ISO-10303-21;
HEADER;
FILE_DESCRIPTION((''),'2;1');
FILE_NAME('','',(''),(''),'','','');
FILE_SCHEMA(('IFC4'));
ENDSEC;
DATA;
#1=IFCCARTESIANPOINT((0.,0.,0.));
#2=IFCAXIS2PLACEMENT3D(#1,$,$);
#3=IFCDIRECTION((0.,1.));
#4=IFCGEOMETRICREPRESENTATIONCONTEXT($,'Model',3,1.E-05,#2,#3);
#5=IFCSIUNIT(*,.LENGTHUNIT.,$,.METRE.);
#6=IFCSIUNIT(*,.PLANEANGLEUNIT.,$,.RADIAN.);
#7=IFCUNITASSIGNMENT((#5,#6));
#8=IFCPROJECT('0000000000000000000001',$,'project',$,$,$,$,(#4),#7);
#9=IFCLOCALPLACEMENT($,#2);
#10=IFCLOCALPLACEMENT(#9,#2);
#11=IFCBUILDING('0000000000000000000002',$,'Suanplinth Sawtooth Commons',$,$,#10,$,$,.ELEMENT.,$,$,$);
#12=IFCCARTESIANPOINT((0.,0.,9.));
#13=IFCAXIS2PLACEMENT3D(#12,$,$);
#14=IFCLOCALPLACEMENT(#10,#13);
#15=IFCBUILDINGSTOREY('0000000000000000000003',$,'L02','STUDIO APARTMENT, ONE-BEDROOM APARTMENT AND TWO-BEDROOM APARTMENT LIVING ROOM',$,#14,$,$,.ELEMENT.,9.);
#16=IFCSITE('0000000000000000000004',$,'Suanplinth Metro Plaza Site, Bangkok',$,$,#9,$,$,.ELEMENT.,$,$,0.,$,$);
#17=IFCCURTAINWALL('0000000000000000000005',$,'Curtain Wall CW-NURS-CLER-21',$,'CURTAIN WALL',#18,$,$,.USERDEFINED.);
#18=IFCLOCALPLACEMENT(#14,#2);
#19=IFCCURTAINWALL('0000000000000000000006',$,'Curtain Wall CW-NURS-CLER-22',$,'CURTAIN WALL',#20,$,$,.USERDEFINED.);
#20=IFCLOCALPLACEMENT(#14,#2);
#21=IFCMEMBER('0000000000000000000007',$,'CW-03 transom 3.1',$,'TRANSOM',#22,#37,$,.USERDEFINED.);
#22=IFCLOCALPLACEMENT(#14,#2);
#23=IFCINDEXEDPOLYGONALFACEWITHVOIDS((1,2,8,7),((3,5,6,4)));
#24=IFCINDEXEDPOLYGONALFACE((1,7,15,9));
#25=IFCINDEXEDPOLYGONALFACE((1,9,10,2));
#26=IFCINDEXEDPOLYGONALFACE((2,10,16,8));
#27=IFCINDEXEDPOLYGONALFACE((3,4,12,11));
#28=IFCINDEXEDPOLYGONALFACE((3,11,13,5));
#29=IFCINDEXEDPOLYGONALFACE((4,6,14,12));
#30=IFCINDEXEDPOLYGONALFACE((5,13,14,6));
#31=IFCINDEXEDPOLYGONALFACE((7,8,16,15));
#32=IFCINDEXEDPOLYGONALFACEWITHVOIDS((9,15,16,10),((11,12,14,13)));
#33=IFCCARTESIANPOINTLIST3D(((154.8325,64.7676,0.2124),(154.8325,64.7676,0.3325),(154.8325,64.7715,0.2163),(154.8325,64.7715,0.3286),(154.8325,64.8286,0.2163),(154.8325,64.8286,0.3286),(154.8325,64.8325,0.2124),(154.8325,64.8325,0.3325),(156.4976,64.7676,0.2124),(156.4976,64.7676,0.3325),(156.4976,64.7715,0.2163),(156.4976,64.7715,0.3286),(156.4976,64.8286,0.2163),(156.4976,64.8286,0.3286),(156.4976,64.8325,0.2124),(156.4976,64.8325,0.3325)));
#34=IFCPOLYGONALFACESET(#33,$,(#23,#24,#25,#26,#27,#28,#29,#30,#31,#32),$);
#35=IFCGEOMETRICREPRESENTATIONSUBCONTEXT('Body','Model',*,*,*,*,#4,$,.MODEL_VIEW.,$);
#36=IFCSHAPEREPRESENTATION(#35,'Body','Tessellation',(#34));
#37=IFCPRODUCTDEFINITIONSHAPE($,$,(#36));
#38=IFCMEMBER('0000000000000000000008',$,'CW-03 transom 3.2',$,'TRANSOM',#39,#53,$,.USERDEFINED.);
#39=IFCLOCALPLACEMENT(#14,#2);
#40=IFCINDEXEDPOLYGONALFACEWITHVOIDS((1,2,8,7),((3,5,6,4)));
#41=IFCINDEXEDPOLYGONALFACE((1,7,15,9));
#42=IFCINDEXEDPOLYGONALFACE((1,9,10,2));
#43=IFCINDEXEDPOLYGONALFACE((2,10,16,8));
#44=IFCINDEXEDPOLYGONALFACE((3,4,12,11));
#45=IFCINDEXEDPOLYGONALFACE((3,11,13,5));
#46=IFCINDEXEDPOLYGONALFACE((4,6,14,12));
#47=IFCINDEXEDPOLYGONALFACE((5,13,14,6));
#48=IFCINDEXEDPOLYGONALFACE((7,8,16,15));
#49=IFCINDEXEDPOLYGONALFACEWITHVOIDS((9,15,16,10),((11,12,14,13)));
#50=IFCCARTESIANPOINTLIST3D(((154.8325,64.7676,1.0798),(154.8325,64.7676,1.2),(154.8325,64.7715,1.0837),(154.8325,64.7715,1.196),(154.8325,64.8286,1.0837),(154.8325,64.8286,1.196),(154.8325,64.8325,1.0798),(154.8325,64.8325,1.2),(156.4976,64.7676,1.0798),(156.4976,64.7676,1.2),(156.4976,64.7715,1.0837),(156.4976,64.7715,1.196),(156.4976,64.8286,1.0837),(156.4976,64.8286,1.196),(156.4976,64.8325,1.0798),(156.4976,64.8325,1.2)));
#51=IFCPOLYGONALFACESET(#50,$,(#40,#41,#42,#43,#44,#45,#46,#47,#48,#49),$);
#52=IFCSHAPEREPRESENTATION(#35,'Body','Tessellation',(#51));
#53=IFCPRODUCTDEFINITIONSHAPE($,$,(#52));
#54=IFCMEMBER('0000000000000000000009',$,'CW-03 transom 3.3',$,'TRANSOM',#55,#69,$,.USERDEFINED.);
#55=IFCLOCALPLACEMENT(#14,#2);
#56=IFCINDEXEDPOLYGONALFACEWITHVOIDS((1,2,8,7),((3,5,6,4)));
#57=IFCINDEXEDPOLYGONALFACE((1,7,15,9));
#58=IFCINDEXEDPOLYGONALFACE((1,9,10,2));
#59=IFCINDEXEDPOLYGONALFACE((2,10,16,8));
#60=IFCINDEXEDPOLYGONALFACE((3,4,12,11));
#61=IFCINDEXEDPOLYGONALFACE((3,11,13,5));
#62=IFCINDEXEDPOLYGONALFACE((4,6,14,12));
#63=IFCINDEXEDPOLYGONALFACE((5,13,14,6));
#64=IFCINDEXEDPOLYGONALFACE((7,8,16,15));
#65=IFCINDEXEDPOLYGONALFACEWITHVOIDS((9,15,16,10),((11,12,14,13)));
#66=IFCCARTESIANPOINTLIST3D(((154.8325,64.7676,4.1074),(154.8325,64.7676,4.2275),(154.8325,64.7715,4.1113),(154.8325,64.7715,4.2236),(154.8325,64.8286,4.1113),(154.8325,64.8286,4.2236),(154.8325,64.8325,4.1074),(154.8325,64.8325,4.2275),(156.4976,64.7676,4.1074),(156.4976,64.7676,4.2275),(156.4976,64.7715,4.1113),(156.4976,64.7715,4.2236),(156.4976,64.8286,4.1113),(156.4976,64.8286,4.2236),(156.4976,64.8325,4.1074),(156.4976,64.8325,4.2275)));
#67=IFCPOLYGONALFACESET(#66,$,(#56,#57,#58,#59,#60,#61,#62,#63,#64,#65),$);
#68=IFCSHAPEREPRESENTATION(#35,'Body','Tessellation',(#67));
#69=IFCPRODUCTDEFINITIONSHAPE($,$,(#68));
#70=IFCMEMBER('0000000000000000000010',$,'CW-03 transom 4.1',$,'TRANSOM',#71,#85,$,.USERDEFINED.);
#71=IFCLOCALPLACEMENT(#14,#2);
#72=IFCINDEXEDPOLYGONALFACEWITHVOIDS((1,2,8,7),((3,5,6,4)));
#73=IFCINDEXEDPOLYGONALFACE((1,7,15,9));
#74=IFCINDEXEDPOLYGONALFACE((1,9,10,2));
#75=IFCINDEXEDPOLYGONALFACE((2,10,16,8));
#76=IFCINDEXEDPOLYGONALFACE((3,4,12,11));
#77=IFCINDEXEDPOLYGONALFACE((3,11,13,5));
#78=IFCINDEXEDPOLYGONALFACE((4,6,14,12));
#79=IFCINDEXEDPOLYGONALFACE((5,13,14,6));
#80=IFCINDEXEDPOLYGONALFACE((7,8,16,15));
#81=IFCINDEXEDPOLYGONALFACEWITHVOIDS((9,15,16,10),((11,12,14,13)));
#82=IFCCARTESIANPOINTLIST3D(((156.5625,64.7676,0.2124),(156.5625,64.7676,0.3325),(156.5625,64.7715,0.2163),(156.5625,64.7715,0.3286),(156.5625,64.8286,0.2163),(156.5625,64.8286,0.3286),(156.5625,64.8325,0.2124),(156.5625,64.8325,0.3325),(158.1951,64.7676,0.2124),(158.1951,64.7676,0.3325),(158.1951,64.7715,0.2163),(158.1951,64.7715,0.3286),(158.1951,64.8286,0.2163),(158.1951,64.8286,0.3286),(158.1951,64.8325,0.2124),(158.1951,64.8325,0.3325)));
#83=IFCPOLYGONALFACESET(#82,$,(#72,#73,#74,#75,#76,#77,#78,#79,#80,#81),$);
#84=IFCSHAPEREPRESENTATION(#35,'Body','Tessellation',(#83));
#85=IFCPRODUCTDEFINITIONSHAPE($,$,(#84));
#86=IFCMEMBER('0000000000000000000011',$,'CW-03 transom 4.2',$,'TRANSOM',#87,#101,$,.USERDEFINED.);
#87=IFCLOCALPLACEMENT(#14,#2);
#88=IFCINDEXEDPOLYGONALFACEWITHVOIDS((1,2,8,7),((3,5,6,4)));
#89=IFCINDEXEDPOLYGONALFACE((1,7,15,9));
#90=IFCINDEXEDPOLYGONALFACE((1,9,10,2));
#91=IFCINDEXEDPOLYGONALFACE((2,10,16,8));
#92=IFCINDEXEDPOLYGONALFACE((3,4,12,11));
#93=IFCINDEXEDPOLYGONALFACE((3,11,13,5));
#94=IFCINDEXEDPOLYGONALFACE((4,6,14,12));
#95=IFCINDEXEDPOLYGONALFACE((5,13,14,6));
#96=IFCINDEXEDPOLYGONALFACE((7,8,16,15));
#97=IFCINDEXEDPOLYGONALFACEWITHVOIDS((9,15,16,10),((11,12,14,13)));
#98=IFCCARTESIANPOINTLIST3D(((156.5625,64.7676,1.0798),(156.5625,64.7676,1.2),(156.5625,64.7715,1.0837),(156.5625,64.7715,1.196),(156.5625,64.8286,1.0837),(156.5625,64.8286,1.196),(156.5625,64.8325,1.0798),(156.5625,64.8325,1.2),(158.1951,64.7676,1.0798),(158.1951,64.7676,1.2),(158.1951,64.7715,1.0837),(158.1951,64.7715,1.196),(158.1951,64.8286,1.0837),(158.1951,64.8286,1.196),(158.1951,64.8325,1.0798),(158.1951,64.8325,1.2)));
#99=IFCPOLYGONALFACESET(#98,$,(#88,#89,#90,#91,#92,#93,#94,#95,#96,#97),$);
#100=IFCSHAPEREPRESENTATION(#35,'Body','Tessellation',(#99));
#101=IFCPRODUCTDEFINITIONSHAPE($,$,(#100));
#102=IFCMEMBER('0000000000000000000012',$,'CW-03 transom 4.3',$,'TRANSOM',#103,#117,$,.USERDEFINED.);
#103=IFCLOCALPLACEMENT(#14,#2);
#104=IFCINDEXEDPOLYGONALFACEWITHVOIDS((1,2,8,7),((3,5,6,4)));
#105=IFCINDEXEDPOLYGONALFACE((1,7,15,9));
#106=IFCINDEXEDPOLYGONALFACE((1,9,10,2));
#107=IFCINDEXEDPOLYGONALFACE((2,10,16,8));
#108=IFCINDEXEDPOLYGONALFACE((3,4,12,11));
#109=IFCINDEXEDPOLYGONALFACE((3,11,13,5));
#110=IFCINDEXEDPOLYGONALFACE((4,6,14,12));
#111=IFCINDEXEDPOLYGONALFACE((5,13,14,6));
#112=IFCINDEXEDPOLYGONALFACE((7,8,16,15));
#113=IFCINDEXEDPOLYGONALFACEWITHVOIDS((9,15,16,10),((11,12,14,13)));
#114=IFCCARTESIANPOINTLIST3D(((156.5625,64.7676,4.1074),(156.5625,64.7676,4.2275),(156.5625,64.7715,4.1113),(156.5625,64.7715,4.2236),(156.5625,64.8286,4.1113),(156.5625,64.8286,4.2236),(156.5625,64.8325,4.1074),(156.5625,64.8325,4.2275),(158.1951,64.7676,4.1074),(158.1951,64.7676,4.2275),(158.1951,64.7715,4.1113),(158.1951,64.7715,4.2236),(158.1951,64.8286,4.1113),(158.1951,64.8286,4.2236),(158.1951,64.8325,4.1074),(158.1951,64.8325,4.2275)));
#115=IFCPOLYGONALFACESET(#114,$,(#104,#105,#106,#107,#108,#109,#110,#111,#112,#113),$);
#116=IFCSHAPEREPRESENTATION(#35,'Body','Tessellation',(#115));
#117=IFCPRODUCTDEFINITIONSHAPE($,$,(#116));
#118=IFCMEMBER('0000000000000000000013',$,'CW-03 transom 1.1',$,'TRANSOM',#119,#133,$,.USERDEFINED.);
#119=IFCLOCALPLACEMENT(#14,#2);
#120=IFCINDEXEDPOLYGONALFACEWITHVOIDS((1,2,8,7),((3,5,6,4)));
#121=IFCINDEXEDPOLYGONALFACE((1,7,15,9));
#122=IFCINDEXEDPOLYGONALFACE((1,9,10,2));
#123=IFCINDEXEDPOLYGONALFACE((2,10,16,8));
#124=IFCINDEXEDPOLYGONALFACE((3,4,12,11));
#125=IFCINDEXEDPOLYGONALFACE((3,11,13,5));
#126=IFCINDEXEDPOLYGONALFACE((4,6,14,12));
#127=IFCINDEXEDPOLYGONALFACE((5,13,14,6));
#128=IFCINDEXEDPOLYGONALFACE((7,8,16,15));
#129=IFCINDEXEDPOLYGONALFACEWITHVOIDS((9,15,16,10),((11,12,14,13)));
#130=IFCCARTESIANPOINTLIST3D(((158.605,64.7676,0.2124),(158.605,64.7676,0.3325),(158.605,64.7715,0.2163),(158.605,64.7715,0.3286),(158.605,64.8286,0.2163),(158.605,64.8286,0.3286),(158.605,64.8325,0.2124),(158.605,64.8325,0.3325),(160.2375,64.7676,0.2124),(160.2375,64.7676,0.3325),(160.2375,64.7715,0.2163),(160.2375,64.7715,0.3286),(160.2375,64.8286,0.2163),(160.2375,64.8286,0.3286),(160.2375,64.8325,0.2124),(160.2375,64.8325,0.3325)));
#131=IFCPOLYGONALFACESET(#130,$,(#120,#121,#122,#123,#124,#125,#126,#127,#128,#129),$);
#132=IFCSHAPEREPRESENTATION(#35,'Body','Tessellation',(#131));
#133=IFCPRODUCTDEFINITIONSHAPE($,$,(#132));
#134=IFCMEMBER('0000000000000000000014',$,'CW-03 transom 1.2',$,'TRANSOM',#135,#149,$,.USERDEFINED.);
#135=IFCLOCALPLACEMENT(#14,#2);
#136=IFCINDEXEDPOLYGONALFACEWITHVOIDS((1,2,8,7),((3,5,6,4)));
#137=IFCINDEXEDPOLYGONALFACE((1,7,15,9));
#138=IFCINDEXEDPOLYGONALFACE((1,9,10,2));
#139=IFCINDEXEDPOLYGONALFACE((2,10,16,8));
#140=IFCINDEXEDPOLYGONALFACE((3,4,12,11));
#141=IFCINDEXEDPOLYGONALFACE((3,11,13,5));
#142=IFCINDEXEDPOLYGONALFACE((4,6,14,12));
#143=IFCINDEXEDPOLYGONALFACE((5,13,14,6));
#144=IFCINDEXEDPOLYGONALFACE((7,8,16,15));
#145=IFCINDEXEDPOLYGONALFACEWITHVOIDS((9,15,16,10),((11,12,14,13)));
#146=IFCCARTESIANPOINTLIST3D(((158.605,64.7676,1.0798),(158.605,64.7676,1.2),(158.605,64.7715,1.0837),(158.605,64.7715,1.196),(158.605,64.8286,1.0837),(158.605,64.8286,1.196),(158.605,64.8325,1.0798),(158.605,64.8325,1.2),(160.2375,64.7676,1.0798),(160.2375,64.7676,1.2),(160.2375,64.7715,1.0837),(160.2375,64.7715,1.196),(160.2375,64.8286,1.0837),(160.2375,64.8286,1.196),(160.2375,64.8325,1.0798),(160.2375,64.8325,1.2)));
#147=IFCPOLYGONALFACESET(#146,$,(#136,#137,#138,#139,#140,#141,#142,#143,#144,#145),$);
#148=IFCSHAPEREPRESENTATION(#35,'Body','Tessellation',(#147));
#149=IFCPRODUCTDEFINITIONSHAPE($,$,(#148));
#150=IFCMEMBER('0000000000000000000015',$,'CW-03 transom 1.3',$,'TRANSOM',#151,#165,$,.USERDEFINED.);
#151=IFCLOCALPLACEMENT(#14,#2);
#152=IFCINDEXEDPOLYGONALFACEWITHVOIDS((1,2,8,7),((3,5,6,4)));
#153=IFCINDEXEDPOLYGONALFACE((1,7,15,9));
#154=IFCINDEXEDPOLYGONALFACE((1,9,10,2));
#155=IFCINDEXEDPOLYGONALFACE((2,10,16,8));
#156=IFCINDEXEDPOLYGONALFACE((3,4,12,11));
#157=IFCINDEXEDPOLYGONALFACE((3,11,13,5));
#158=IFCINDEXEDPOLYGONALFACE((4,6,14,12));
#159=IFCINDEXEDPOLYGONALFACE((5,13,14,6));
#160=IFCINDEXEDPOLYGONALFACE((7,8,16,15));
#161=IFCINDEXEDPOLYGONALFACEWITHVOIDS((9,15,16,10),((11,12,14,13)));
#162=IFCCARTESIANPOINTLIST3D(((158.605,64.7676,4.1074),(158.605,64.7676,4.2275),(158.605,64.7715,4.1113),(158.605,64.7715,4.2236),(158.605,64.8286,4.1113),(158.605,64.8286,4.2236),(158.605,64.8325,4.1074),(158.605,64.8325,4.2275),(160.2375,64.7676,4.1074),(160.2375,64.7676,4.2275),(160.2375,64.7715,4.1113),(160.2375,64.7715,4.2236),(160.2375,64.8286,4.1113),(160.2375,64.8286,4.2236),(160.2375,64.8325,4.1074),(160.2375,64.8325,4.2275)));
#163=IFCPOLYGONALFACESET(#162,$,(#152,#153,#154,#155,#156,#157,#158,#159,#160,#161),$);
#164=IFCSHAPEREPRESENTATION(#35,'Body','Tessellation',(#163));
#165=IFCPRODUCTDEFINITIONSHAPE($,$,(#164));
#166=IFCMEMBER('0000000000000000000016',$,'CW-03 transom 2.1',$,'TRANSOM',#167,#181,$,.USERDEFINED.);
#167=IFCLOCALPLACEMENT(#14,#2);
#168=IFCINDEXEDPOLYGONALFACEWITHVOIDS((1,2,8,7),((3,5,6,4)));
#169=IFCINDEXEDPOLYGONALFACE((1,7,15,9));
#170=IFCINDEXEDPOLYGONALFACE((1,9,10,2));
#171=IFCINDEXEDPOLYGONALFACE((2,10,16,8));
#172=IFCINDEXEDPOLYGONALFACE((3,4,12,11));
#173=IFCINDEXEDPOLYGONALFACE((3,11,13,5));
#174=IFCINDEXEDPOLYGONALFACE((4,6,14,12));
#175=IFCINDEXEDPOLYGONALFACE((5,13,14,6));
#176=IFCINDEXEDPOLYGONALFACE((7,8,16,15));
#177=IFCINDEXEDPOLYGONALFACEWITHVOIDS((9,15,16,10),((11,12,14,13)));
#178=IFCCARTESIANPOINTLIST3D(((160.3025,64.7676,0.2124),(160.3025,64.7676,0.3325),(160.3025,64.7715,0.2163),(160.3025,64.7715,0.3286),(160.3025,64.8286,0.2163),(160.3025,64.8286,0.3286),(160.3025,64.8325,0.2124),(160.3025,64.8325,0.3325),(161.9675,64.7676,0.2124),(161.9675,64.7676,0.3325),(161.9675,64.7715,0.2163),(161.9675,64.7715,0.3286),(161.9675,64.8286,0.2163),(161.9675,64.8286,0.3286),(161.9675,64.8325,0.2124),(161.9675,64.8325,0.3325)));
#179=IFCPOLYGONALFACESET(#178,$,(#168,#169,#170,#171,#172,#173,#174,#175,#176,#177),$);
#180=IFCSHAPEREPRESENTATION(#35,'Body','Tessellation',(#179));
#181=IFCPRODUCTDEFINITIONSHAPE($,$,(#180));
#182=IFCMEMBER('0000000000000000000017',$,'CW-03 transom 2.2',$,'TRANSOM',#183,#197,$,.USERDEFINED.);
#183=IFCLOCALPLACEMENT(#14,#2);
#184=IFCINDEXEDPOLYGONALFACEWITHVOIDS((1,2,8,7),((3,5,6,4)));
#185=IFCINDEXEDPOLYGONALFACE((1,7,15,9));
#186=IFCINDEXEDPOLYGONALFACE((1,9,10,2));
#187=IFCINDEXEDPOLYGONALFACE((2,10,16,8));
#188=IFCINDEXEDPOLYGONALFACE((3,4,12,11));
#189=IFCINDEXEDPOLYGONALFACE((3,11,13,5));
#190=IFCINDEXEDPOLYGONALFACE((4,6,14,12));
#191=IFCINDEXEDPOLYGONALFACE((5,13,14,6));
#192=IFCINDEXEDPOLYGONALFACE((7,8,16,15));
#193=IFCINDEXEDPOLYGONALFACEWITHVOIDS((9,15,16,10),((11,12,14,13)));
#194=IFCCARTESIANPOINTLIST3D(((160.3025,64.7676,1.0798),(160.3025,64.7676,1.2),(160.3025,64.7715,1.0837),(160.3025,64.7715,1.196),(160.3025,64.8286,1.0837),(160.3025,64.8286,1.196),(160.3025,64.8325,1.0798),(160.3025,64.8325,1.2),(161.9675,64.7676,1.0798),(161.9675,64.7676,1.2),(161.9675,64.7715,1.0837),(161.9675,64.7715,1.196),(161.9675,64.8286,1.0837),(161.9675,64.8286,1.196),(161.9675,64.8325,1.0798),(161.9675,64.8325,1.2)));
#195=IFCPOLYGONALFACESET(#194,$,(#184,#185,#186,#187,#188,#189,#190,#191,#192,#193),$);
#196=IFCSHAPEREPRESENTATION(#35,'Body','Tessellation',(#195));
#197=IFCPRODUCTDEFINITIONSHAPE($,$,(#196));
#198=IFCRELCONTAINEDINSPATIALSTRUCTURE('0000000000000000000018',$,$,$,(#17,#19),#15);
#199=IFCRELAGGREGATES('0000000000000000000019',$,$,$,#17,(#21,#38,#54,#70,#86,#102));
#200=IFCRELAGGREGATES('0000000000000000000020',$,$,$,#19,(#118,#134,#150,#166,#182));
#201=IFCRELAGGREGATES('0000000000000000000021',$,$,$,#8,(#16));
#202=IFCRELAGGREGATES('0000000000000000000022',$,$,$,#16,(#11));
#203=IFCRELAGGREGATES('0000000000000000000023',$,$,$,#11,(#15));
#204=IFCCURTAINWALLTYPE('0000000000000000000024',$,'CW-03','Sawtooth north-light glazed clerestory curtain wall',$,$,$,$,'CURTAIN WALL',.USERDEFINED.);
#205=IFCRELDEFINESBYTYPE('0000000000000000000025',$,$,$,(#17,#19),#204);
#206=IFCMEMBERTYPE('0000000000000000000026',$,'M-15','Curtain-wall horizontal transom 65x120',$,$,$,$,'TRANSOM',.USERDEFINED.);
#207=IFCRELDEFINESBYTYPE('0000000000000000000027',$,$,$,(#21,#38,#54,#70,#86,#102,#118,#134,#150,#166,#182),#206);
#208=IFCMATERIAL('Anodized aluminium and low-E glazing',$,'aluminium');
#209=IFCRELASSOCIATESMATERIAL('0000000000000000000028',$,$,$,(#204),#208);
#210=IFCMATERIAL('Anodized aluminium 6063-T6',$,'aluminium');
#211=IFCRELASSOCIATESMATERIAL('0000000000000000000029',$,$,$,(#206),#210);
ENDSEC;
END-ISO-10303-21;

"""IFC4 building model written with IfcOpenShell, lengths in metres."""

from ifc_helpers import new_model, si_unit, direction, frame, origin, origin_2d, place, context, subcontext, project, spatial, hollow_rectangle, extrude, material, material_profile, profile_set, type_object, element, aggregate, save


model = new_model("IFC4")

# Units and contexts
model_context = context("Model", 3, precision=1e-05, world=origin(), true_north=direction((0.0, 1.0)))
body_context = subcontext(model_context, "Body", "Model", "MODEL_VIEW")
ifc_project = project(units=[si_unit("LENGTHUNIT", "METRE"), si_unit("PLANEANGLEUNIT", "RADIAN")], contexts=[model_context])

# Site, building, storey
site_placement = place(None, origin())
site = spatial("IfcSite", under=ifc_project, at=site_placement, Name="Suanplinth Metro Plaza Site, Bangkok", CompositionType="ELEMENT", RefElevation=0.0)
building_placement = place(site_placement, origin())
building = spatial("IfcBuilding", under=site, at=building_placement, Name="Suanplinth Sawtooth Commons", CompositionType="ELEMENT")
storey_placement = place(building_placement, frame((0.0, 0.0, 9.0)))
storey = spatial("IfcBuildingStorey", under=building, at=storey_placement, Name="L02", Description="STUDIO APARTMENT, ONE-BEDROOM APARTMENT AND TWO-BEDROOM APARTMENT LIVING ROOM", CompositionType="ELEMENT", Elevation=9.0)

# Curtain walls
ifc_material_1 = material(Name="Anodized aluminium and low-E glazing", Category="aluminium")
curtain_wall_type = type_object("IfcCurtainWallType", Name="CW-03", Description="Sawtooth north-light glazed clerestory curtain wall", ElementType="CURTAIN WALL", PredefinedType="USERDEFINED", material=ifc_material_1)
curtain_wall_1_placement = place(storey_placement, origin())
curtain_wall_1 = element("IfcCurtainWall", 1, at=curtain_wall_1_placement, inside=storey, type_object=curtain_wall_type, Name="Curtain Wall CW-NURS-CLER-21", ObjectType="CURTAIN WALL", PredefinedType="USERDEFINED")
ifc_material_2 = material(Name="Anodized aluminium 6063-T6", Category="aluminium")
curtain_wall_2_placement = place(storey_placement, origin())
curtain_wall_2 = element("IfcCurtainWall", 2, at=curtain_wall_2_placement, inside=storey, type_object=curtain_wall_type, Name="Curtain Wall CW-NURS-CLER-22", ObjectType="CURTAIN WALL", PredefinedType="USERDEFINED")

# Members
ifc_material_profile_1 = material_profile(ifc_material_2, hollow_rectangle(XDim=0.0649, YDim=0.1201, WallThickness=0.0039, at=origin_2d()), Name="ALU-TRN 65x120")
ifc_profile_set_1 = profile_set([ifc_material_profile_1], Name="Anodized aluminium 6063-T6")
member_type_1 = type_object("IfcMemberType", Name="M-15", Description="Curtain-wall horizontal transom 65x120", ElementType="TRANSOM", PredefinedType="USERDEFINED", material=ifc_profile_set_1)
member_1_placement = place(storey_placement, frame((154.8325, 64.8, 0.2725), z_axis=(1.0, 0.0, 0.0), x_axis=(0.0, 1.0, 0.0)))
member_1 = element("IfcMember", 3, at=member_1_placement, type_object=member_type_1, Name="CW-03 transom 3.1", ObjectType="TRANSOM", PredefinedType="USERDEFINED", context=body_context, shape_type="SweptSolid", body=[
    extrude(hollow_rectangle(XDim=0.0649, YDim=0.1201, WallThickness=0.0039, at=origin_2d()), origin(), (0.0, 0.0, 1.0), 1.665),
])
member_2_placement = place(storey_placement, frame((154.8325, 64.8, 1.1399), z_axis=(1.0, 0.0, 0.0), x_axis=(0.0, 1.0, 0.0)))
member_2 = element("IfcMember", 4, at=member_2_placement, type_object=member_type_1, Name="CW-03 transom 3.2", ObjectType="TRANSOM", PredefinedType="USERDEFINED", context=body_context, shape_type="SweptSolid", body=[
    extrude(hollow_rectangle(XDim=0.0649, YDim=0.1201, WallThickness=0.0039, at=origin_2d()), origin(), (0.0, 0.0, 1.0), 1.665),
])
member_3_placement = place(storey_placement, frame((154.8325, 64.8, 4.1675), z_axis=(1.0, 0.0, 0.0), x_axis=(0.0, 1.0, 0.0)))
member_3 = element("IfcMember", 5, at=member_3_placement, type_object=member_type_1, Name="CW-03 transom 3.3", ObjectType="TRANSOM", PredefinedType="USERDEFINED", context=body_context, shape_type="SweptSolid", body=[
    extrude(hollow_rectangle(XDim=0.0649, YDim=0.1201, WallThickness=0.0039, at=origin_2d()), origin(), (0.0, 0.0, 1.0), 1.665),
])
member_4_placement = place(storey_placement, frame((156.5625, 64.8, 0.2725), z_axis=(1.0, 0.0, 0.0), x_axis=(0.0, 1.0, 0.0)))
member_4 = element("IfcMember", 6, at=member_4_placement, type_object=member_type_1, Name="CW-03 transom 4.1", ObjectType="TRANSOM", PredefinedType="USERDEFINED", context=body_context, shape_type="SweptSolid", body=[
    extrude(hollow_rectangle(XDim=0.0649, YDim=0.1201, WallThickness=0.0039, at=origin_2d()), origin(), (0.0, 0.0, 1.0), 1.6326),
])
member_5_placement = place(storey_placement, frame((156.5625, 64.8, 1.1399), z_axis=(1.0, 0.0, 0.0), x_axis=(0.0, 1.0, 0.0)))
member_5 = element("IfcMember", 7, at=member_5_placement, type_object=member_type_1, Name="CW-03 transom 4.2", ObjectType="TRANSOM", PredefinedType="USERDEFINED", context=body_context, shape_type="SweptSolid", body=[
    extrude(hollow_rectangle(XDim=0.0649, YDim=0.1201, WallThickness=0.0039, at=origin_2d()), origin(), (0.0, 0.0, 1.0), 1.6326),
])
member_6_placement = place(storey_placement, frame((156.5625, 64.8, 4.1675), z_axis=(1.0, 0.0, 0.0), x_axis=(0.0, 1.0, 0.0)))
member_6 = element("IfcMember", 8, at=member_6_placement, type_object=member_type_1, Name="CW-03 transom 4.3", ObjectType="TRANSOM", PredefinedType="USERDEFINED", context=body_context, shape_type="SweptSolid", body=[
    extrude(hollow_rectangle(XDim=0.0649, YDim=0.1201, WallThickness=0.0039, at=origin_2d()), origin(), (0.0, 0.0, 1.0), 1.6326),
])
member_7_placement = place(storey_placement, frame((158.605, 64.8, 0.2725), z_axis=(1.0, 0.0, 0.0), x_axis=(0.0, 1.0, 0.0)))
member_7 = element("IfcMember", 9, at=member_7_placement, type_object=member_type_1, Name="CW-03 transom 1.1", ObjectType="TRANSOM", PredefinedType="USERDEFINED", context=body_context, shape_type="SweptSolid", body=[
    extrude(hollow_rectangle(XDim=0.0649, YDim=0.1201, WallThickness=0.0039, at=origin_2d()), origin(), (0.0, 0.0, 1.0), 1.6326),
])
member_8_placement = place(storey_placement, frame((158.605, 64.8, 1.1399), z_axis=(1.0, 0.0, 0.0), x_axis=(0.0, 1.0, 0.0)))
member_8 = element("IfcMember", 10, at=member_8_placement, type_object=member_type_1, Name="CW-03 transom 1.2", ObjectType="TRANSOM", PredefinedType="USERDEFINED", context=body_context, shape_type="SweptSolid", body=[
    extrude(hollow_rectangle(XDim=0.0649, YDim=0.1201, WallThickness=0.0039, at=origin_2d()), origin(), (0.0, 0.0, 1.0), 1.6326),
])
member_9_placement = place(storey_placement, frame((158.605, 64.8, 4.1675), z_axis=(1.0, 0.0, 0.0), x_axis=(0.0, 1.0, 0.0)))
member_9 = element("IfcMember", 11, at=member_9_placement, type_object=member_type_1, Name="CW-03 transom 1.3", ObjectType="TRANSOM", PredefinedType="USERDEFINED", context=body_context, shape_type="SweptSolid", body=[
    extrude(hollow_rectangle(XDim=0.0649, YDim=0.1201, WallThickness=0.0039, at=origin_2d()), origin(), (0.0, 0.0, 1.0), 1.6326),
])
member_10_placement = place(storey_placement, frame((160.3025, 64.8, 0.2725), z_axis=(1.0, 0.0, 0.0), x_axis=(0.0, 1.0, 0.0)))
member_10 = element("IfcMember", 12, at=member_10_placement, type_object=member_type_1, Name="CW-03 transom 2.1", ObjectType="TRANSOM", PredefinedType="USERDEFINED", context=body_context, shape_type="SweptSolid", body=[
    extrude(hollow_rectangle(XDim=0.0649, YDim=0.1201, WallThickness=0.0039, at=origin_2d()), origin(), (0.0, 0.0, 1.0), 1.665),
])
member_11_placement = place(storey_placement, frame((160.3025, 64.8, 1.1399), z_axis=(1.0, 0.0, 0.0), x_axis=(0.0, 1.0, 0.0)))
member_11 = element("IfcMember", 13, at=member_11_placement, type_object=member_type_1, Name="CW-03 transom 2.2", ObjectType="TRANSOM", PredefinedType="USERDEFINED", context=body_context, shape_type="SweptSolid", body=[
    extrude(hollow_rectangle(XDim=0.0649, YDim=0.1201, WallThickness=0.0039, at=origin_2d()), origin(), (0.0, 0.0, 1.0), 1.665),
])

aggregate(curtain_wall_1, [member_1, member_2, member_3, member_4, member_5, member_6])
aggregate(curtain_wall_2, [member_7, member_8, member_9, member_10, member_11])

save(model, "model.ifc")
